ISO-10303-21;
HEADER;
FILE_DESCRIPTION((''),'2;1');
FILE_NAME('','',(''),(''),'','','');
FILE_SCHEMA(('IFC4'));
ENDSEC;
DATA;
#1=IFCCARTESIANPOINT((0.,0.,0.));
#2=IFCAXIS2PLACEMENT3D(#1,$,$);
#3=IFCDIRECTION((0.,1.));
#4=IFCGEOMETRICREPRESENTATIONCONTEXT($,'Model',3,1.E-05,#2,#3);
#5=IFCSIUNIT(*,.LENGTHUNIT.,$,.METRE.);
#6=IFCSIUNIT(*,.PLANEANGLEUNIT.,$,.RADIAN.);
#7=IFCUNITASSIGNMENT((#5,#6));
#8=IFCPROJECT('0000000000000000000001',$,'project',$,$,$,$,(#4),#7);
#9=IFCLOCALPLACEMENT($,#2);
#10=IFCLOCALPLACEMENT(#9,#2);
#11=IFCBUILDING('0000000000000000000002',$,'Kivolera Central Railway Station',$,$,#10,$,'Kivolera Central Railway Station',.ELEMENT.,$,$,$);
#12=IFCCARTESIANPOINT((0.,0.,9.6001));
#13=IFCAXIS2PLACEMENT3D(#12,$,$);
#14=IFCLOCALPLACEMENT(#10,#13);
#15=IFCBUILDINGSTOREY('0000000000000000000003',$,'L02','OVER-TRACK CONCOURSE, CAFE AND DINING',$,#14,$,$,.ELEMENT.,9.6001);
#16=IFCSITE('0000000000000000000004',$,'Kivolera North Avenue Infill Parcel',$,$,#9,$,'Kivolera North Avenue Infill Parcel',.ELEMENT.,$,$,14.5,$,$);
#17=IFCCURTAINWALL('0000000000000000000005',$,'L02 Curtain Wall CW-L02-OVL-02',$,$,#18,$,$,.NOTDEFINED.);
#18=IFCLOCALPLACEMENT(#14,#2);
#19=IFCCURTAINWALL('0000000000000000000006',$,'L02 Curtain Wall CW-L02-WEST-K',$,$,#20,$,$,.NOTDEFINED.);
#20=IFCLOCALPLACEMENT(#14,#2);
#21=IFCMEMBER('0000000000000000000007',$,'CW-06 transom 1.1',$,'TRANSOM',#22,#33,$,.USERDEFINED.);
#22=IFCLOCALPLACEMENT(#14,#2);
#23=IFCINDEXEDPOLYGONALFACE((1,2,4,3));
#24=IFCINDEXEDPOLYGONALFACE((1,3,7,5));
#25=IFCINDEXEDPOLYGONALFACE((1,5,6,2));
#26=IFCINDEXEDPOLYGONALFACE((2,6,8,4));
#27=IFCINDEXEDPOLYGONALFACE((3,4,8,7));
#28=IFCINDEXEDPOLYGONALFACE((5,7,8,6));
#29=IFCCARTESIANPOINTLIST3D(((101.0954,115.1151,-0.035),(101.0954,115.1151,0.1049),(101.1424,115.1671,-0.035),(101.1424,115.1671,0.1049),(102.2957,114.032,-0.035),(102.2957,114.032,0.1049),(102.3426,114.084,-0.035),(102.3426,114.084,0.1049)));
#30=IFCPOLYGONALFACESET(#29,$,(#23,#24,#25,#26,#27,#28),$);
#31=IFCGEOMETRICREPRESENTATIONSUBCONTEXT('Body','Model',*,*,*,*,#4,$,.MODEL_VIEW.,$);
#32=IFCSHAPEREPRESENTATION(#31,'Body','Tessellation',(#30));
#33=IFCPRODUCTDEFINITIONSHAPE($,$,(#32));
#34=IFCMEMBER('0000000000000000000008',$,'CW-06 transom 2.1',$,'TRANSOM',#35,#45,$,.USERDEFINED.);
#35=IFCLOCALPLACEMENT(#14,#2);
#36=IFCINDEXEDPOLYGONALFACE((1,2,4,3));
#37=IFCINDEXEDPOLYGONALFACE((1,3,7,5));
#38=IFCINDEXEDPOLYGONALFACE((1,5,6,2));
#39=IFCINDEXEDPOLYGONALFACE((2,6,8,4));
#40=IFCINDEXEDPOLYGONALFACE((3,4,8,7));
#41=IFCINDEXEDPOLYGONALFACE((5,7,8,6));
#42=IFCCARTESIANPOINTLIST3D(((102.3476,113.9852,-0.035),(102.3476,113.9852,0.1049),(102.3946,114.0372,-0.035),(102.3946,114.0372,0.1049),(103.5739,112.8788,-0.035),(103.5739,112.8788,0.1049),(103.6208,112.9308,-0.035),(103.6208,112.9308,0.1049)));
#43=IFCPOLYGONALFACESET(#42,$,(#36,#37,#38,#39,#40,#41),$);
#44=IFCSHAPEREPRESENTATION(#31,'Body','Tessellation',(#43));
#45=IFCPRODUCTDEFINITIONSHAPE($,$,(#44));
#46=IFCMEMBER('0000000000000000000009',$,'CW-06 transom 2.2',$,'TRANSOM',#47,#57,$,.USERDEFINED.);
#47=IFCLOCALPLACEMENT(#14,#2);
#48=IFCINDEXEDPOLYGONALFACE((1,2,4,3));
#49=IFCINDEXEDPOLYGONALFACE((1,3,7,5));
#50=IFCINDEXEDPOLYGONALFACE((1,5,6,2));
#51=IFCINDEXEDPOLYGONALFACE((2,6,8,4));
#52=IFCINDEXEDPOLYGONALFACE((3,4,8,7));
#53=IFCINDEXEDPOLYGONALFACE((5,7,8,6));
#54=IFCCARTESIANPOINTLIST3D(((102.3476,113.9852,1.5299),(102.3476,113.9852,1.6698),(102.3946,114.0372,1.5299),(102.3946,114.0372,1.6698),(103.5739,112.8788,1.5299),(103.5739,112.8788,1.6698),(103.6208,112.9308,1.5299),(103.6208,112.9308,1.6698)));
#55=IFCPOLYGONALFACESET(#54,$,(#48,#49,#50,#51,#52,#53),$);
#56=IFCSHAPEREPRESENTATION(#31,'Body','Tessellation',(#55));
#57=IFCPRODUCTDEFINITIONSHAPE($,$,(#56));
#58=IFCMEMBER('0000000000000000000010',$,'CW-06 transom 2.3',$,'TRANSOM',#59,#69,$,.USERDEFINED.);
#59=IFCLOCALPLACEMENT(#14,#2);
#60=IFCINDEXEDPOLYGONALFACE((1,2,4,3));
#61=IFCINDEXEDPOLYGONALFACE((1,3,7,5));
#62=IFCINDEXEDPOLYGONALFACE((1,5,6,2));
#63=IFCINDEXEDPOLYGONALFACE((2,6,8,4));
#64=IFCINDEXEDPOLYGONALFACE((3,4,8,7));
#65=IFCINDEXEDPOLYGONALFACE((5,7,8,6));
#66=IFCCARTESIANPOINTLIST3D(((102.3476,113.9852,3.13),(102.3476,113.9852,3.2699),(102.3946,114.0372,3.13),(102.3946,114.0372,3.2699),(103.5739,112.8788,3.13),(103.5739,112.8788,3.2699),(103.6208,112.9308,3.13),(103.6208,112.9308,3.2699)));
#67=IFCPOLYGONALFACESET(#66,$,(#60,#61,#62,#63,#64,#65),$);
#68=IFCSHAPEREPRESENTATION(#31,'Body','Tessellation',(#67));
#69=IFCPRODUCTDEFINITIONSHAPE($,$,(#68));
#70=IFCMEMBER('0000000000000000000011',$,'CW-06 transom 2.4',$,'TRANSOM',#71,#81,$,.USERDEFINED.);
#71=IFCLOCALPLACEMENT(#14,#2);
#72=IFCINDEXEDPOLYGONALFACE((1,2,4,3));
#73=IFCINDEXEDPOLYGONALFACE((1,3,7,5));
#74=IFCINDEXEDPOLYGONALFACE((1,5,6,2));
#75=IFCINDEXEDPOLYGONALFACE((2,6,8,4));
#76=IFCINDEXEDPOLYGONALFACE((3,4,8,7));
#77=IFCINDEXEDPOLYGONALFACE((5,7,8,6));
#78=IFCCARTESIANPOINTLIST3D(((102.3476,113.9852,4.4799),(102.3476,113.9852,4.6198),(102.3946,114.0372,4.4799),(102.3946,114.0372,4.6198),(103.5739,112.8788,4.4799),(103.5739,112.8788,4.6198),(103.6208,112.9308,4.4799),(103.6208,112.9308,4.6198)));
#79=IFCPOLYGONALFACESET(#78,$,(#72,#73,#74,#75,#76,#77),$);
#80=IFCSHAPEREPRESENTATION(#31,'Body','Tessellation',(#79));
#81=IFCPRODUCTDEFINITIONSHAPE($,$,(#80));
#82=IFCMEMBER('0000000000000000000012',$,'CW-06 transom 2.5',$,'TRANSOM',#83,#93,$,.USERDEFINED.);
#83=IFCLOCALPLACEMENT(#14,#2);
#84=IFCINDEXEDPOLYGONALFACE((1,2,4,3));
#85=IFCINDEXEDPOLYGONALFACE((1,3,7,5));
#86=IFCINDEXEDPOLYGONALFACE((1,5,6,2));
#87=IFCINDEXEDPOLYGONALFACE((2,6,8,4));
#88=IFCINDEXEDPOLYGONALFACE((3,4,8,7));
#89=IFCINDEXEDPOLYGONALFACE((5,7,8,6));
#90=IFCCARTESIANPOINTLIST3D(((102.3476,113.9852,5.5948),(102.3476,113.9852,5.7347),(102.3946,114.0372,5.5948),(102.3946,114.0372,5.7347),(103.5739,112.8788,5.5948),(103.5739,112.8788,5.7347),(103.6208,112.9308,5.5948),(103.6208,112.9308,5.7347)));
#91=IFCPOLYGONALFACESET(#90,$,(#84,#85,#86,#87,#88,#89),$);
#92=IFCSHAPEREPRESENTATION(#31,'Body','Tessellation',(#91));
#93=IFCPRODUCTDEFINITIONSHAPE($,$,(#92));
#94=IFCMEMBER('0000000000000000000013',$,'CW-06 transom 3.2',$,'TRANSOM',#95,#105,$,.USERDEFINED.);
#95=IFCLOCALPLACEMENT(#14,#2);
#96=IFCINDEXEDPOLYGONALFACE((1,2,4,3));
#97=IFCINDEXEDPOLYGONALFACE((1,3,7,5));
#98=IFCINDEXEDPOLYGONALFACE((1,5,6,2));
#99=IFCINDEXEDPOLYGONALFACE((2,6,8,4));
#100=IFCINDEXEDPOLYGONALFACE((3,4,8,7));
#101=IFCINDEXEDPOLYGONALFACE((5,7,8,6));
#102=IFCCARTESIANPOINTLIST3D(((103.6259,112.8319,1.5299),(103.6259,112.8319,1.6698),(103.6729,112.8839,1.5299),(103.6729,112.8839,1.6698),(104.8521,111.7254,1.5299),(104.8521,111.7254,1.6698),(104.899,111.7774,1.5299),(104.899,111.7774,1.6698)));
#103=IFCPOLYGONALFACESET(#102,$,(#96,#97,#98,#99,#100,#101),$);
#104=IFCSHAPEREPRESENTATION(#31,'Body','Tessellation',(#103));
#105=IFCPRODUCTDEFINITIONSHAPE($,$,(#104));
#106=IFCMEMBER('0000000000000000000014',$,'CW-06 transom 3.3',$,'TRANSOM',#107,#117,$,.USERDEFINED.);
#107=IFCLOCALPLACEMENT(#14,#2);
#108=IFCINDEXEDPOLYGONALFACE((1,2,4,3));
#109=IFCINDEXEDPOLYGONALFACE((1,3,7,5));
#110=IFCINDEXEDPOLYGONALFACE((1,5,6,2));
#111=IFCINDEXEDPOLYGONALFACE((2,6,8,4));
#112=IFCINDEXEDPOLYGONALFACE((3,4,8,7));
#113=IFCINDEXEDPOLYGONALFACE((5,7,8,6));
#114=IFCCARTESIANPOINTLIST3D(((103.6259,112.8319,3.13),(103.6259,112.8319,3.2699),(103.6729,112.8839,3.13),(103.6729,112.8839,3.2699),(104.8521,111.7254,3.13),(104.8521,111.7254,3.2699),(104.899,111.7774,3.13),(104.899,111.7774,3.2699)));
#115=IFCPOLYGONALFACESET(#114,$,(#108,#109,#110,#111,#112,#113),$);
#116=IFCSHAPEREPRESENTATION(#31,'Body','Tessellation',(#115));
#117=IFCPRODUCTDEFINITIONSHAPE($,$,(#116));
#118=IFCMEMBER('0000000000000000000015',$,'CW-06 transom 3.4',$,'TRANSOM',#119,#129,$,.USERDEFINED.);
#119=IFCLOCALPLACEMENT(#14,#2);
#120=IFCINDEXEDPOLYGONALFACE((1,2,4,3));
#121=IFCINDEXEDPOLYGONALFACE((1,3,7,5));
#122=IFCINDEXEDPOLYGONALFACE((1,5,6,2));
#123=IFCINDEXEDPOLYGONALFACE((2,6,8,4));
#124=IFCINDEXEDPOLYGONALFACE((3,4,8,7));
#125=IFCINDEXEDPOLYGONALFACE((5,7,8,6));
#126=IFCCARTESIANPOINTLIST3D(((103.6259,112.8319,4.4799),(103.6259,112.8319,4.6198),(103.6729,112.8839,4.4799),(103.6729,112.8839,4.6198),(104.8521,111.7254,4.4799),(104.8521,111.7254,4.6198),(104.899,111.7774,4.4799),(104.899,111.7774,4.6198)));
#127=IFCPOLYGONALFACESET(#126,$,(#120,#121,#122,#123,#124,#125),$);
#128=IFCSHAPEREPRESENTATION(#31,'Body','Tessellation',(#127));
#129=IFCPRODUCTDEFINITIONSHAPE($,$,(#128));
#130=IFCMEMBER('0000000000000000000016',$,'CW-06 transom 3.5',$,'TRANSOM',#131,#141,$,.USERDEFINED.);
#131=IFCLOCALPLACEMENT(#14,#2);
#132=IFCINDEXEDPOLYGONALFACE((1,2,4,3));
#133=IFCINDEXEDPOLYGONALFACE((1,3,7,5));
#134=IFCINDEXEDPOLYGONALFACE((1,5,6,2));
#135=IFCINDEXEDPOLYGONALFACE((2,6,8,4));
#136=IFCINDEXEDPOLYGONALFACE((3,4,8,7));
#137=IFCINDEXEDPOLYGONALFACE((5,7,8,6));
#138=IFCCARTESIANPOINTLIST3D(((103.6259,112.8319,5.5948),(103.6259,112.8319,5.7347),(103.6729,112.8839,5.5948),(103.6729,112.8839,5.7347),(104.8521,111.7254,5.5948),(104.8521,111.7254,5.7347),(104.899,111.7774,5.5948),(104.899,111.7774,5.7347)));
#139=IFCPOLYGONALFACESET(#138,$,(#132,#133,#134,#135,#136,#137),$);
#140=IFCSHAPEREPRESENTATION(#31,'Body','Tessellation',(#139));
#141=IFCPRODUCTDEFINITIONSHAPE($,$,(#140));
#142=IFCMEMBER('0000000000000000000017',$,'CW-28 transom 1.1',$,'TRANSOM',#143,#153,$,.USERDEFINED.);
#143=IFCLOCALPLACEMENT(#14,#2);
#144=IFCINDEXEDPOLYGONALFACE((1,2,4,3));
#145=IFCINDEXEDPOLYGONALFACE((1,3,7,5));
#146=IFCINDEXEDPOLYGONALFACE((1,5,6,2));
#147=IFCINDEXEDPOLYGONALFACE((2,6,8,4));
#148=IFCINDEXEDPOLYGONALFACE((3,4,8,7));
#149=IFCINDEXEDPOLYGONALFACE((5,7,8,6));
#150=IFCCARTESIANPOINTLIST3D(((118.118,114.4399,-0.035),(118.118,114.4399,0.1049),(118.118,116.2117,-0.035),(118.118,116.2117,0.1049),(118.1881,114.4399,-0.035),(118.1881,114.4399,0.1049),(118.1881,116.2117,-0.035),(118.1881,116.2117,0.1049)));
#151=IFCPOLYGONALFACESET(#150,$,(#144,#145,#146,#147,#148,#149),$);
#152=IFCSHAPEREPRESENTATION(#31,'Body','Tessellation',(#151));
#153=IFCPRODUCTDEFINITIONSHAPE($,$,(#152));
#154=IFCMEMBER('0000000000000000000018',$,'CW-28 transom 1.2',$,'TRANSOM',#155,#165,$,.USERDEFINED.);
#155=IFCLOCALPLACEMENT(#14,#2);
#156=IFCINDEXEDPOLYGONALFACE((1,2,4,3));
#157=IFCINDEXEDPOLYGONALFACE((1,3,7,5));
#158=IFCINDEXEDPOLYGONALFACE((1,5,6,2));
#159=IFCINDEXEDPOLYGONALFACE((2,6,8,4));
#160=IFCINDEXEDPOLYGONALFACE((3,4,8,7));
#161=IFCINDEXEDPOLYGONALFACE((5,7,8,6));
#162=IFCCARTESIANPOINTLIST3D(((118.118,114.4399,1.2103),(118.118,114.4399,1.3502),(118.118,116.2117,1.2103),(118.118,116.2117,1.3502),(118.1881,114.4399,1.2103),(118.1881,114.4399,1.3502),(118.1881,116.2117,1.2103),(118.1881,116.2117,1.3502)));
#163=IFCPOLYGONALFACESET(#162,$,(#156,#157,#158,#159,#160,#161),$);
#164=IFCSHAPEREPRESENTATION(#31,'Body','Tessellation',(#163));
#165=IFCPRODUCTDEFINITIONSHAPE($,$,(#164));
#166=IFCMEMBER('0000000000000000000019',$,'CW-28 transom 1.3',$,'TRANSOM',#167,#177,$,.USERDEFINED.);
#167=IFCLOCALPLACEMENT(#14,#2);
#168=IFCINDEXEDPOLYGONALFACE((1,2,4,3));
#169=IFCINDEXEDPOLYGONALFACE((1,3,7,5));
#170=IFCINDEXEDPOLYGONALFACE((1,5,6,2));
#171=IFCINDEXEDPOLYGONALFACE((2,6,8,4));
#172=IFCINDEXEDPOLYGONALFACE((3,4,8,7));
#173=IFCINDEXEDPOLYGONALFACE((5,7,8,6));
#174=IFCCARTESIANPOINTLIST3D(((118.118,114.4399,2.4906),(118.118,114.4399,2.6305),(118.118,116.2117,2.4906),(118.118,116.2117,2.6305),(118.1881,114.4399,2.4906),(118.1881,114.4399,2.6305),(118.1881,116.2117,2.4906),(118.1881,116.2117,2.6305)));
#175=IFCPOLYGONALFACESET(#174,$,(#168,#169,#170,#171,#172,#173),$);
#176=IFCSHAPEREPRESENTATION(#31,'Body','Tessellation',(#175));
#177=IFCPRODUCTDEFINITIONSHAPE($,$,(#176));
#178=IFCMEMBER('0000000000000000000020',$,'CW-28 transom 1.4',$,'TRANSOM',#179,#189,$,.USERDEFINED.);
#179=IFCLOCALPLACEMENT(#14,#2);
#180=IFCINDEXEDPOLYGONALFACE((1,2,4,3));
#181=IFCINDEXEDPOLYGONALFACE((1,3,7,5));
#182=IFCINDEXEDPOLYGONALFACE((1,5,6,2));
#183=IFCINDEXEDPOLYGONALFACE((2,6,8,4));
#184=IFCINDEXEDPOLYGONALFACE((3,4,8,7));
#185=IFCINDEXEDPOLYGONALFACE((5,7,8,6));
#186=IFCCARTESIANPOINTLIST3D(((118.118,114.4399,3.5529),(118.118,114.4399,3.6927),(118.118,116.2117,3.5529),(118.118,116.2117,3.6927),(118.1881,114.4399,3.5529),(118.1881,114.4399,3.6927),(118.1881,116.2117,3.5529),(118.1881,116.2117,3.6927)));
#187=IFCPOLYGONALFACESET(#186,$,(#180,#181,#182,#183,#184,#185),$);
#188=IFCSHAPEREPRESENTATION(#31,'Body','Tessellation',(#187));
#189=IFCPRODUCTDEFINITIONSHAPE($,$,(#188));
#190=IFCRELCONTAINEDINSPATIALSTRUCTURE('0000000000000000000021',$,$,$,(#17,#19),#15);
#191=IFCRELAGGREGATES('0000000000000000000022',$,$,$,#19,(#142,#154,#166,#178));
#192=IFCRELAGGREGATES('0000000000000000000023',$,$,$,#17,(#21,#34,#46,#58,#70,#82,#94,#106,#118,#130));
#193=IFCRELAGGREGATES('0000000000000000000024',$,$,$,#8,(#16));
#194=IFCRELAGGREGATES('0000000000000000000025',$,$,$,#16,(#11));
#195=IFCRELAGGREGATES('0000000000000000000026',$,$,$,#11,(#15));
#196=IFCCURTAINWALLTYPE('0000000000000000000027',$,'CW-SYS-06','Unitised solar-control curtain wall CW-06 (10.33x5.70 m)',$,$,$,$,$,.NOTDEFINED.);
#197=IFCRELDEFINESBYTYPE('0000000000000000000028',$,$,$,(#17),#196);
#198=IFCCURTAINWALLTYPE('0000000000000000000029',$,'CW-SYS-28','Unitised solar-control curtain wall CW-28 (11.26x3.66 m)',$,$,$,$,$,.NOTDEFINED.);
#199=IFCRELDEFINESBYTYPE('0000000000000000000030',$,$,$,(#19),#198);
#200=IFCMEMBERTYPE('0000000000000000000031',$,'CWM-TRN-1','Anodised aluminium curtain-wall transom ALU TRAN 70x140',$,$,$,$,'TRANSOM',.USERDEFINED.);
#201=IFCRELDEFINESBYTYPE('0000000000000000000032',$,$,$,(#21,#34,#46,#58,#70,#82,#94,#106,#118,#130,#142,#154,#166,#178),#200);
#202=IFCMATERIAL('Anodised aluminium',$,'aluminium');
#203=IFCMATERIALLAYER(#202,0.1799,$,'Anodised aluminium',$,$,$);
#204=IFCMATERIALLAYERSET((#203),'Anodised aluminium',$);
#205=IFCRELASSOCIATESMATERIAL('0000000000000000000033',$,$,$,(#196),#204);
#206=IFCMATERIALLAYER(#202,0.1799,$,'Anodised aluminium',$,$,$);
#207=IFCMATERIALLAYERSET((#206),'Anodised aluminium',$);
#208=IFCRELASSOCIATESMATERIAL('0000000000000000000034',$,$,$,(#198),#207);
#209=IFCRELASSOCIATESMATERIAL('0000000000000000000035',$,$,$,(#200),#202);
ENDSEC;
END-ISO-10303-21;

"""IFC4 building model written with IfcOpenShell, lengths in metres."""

from ifc_helpers import new_model, si_unit, direction, frame, origin, origin_2d, place, context, subcontext, project, spatial, rectangle, extrude, material, layer, layer_set, material_profile, profile_set, type_object, element, aggregate, save


model = new_model("IFC4")

# Units and contexts
model_context = context("Model", 3, precision=1e-05, world=origin(), true_north=direction((0.0, 1.0)))
body_context = subcontext(model_context, "Body", "Model", "MODEL_VIEW")
ifc_project = project(units=[si_unit("LENGTHUNIT", "METRE"), si_unit("PLANEANGLEUNIT", "RADIAN")], contexts=[model_context])

# Site, building, storey
site_placement = place(None, origin())
site = spatial("IfcSite", under=ifc_project, at=site_placement, Name="Kivolera North Avenue Infill Parcel", LongName="Kivolera North Avenue Infill Parcel", CompositionType="ELEMENT", RefElevation=14.5)
building_placement = place(site_placement, origin())
building = spatial("IfcBuilding", under=site, at=building_placement, Name="Kivolera Central Railway Station", LongName="Kivolera Central Railway Station", CompositionType="ELEMENT")
storey_placement = place(building_placement, frame((0.0, 0.0, 9.6001)))
storey = spatial("IfcBuildingStorey", under=building, at=storey_placement, Name="L02", Description="OVER-TRACK CONCOURSE, CAFE AND DINING", CompositionType="ELEMENT", Elevation=9.6001)

# Curtain wall
ifc_material_1 = material(Name="Anodised aluminium", Category="aluminium")
ifc_layer_1 = layer(ifc_material_1, 0.1799, Name="Anodised aluminium")
ifc_layer_set_1 = layer_set([ifc_layer_1], Name="Anodised aluminium")
curtain_wall_type_1 = type_object("IfcCurtainWallType", Name="CW-SYS-06", Description="Unitised solar-control curtain wall CW-06 (10.33x5.70 m)", PredefinedType="NOTDEFINED", material=ifc_layer_set_1)
curtain_wall_1_placement = place(storey_placement, origin())
curtain_wall_1 = element("IfcCurtainWall", 1, at=curtain_wall_1_placement, inside=storey, type_object=curtain_wall_type_1, Name="L02 Curtain Wall CW-L02-OVL-02", PredefinedType="NOTDEFINED")

# Curtain wall
ifc_layer_2 = layer(ifc_material_1, 0.1799, Name="Anodised aluminium")
ifc_layer_set_2 = layer_set([ifc_layer_2], Name="Anodised aluminium")
curtain_wall_type_2 = type_object("IfcCurtainWallType", Name="CW-SYS-28", Description="Unitised solar-control curtain wall CW-28 (11.26x3.66 m)", PredefinedType="NOTDEFINED", material=ifc_layer_set_2)
curtain_wall_2_placement = place(storey_placement, origin())
curtain_wall_2 = element("IfcCurtainWall", 2, at=curtain_wall_2_placement, inside=storey, type_object=curtain_wall_type_2, Name="L02 Curtain Wall CW-L02-WEST-K", PredefinedType="NOTDEFINED")

# Members
ifc_material_profile_1 = material_profile(ifc_material_1, rectangle(XDim=0.0701, YDim=0.1399, at=origin_2d()), Name="ALU TRAN 70x140")
ifc_profile_set_1 = profile_set([ifc_material_profile_1], Name="Anodised aluminium")
member_type_1 = type_object("IfcMemberType", Name="CWM-TRN-1", Description="Anodised aluminium curtain-wall transom ALU TRAN 70x140", ElementType="TRANSOM", PredefinedType="USERDEFINED", material=ifc_profile_set_1)
member_1_placement = place(storey_placement, frame((101.1189, 115.1411, 0.0349), z_axis=(0.742422, -0.669932, 0.0), x_axis=(0.669932, 0.742422, 0.0)))
member_1 = element("IfcMember", 3, at=member_1_placement, type_object=member_type_1, Name="CW-06 transom 1.1", ObjectType="TRANSOM", PredefinedType="USERDEFINED", context=body_context, shape_type="SweptSolid", body=[
    extrude(rectangle(XDim=0.0701, YDim=0.1399, at=origin_2d()), origin(), (0.0, 0.0, 1.0), 1.6167),
])
member_2_placement = place(storey_placement, frame((102.3711, 114.0112, 0.0349), z_axis=(0.742463, -0.669887, 0.0), x_axis=(0.669887, 0.742463, 0.0)))
member_2 = element("IfcMember", 4, at=member_2_placement, type_object=member_type_1, Name="CW-06 transom 2.1", ObjectType="TRANSOM", PredefinedType="USERDEFINED", context=body_context, shape_type="SweptSolid", body=[
    extrude(rectangle(XDim=0.0701, YDim=0.1399, at=origin_2d()), origin(), (0.0, 0.0, 1.0), 1.6516),
])
member_3_placement = place(storey_placement, frame((102.3711, 114.0112, 1.5999), z_axis=(0.742463, -0.669887, 0.0), x_axis=(0.669887, 0.742463, 0.0)))
member_3 = element("IfcMember", 5, at=member_3_placement, type_object=member_type_1, Name="CW-06 transom 2.2", ObjectType="TRANSOM", PredefinedType="USERDEFINED", context=body_context, shape_type="SweptSolid", body=[
    extrude(rectangle(XDim=0.0701, YDim=0.1399, at=origin_2d()), origin(), (0.0, 0.0, 1.0), 1.6516),
])
member_4_placement = place(storey_placement, frame((102.3711, 114.0112, 3.2), z_axis=(0.742463, -0.669887, 0.0), x_axis=(0.669887, 0.742463, 0.0)))
member_4 = element("IfcMember", 6, at=member_4_placement, type_object=member_type_1, Name="CW-06 transom 2.3", ObjectType="TRANSOM", PredefinedType="USERDEFINED", context=body_context, shape_type="SweptSolid", body=[
    extrude(rectangle(XDim=0.0701, YDim=0.1399, at=origin_2d()), origin(), (0.0, 0.0, 1.0), 1.6516),
])
member_5_placement = place(storey_placement, frame((102.3711, 114.0112, 4.5498), z_axis=(0.742463, -0.669887, 0.0), x_axis=(0.669887, 0.742463, 0.0)))
member_5 = element("IfcMember", 7, at=member_5_placement, type_object=member_type_1, Name="CW-06 transom 2.4", ObjectType="TRANSOM", PredefinedType="USERDEFINED", context=body_context, shape_type="SweptSolid", body=[
    extrude(rectangle(XDim=0.0701, YDim=0.1399, at=origin_2d()), origin(), (0.0, 0.0, 1.0), 1.6516),
])
member_6_placement = place(storey_placement, frame((102.3711, 114.0112, 5.6648), z_axis=(0.742463, -0.669887, 0.0), x_axis=(0.669887, 0.742463, 0.0)))
member_6 = element("IfcMember", 8, at=member_6_placement, type_object=member_type_1, Name="CW-06 transom 2.5", ObjectType="TRANSOM", PredefinedType="USERDEFINED", context=body_context, shape_type="SweptSolid", body=[
    extrude(rectangle(XDim=0.0701, YDim=0.1399, at=origin_2d()), origin(), (0.0, 0.0, 1.0), 1.6516),
])
member_7_placement = place(storey_placement, frame((103.6494, 112.8579, 1.5999), z_axis=(0.742397, -0.669961, 0.0), x_axis=(0.669961, 0.742397, 0.0)))
member_7 = element("IfcMember", 9, at=member_7_placement, type_object=member_type_1, Name="CW-06 transom 3.2", ObjectType="TRANSOM", PredefinedType="USERDEFINED", context=body_context, shape_type="SweptSolid", body=[
    extrude(rectangle(XDim=0.0701, YDim=0.1399, at=origin_2d()), origin(), (0.0, 0.0, 1.0), 1.6516),
])
member_8_placement = place(storey_placement, frame((103.6494, 112.8579, 3.2), z_axis=(0.742397, -0.669961, 0.0), x_axis=(0.669961, 0.742397, 0.0)))
member_8 = element("IfcMember", 10, at=member_8_placement, type_object=member_type_1, Name="CW-06 transom 3.3", ObjectType="TRANSOM", PredefinedType="USERDEFINED", context=body_context, shape_type="SweptSolid", body=[
    extrude(rectangle(XDim=0.0701, YDim=0.1399, at=origin_2d()), origin(), (0.0, 0.0, 1.0), 1.6516),
])
member_9_placement = place(storey_placement, frame((103.6494, 112.8579, 4.5498), z_axis=(0.742397, -0.669961, 0.0), x_axis=(0.669961, 0.742397, 0.0)))
member_9 = element("IfcMember", 11, at=member_9_placement, type_object=member_type_1, Name="CW-06 transom 3.4", ObjectType="TRANSOM", PredefinedType="USERDEFINED", context=body_context, shape_type="SweptSolid", body=[
    extrude(rectangle(XDim=0.0701, YDim=0.1399, at=origin_2d()), origin(), (0.0, 0.0, 1.0), 1.6516),
])
member_10_placement = place(storey_placement, frame((103.6494, 112.8579, 5.6648), z_axis=(0.742397, -0.669961, 0.0), x_axis=(0.669961, 0.742397, 0.0)))
member_10 = element("IfcMember", 12, at=member_10_placement, type_object=member_type_1, Name="CW-06 transom 3.5", ObjectType="TRANSOM", PredefinedType="USERDEFINED", context=body_context, shape_type="SweptSolid", body=[
    extrude(rectangle(XDim=0.0701, YDim=0.1399, at=origin_2d()), origin(), (0.0, 0.0, 1.0), 1.6516),
])
member_11_placement = place(storey_placement, frame((118.1531, 114.4399, 0.0349), z_axis=(0.0, 1.0, 0.0), x_axis=(-1.0, 0.0, 0.0)))
member_11 = element("IfcMember", 13, at=member_11_placement, type_object=member_type_1, Name="CW-28 transom 1.1", ObjectType="TRANSOM", PredefinedType="USERDEFINED", context=body_context, shape_type="SweptSolid", body=[
    extrude(rectangle(XDim=0.0701, YDim=0.1399, at=origin_2d()), origin(), (0.0, 0.0, 1.0), 1.7717),
])
member_12_placement = place(storey_placement, frame((118.1531, 114.4399, 1.2803), z_axis=(0.0, 1.0, 0.0), x_axis=(-1.0, 0.0, 0.0)))
member_12 = element("IfcMember", 14, at=member_12_placement, type_object=member_type_1, Name="CW-28 transom 1.2", ObjectType="TRANSOM", PredefinedType="USERDEFINED", context=body_context, shape_type="SweptSolid", body=[
    extrude(rectangle(XDim=0.0701, YDim=0.1399, at=origin_2d()), origin(), (0.0, 0.0, 1.0), 1.7717),
])
member_13_placement = place(storey_placement, frame((118.1531, 114.4399, 2.5605), z_axis=(0.0, 1.0, 0.0), x_axis=(-1.0, 0.0, 0.0)))
member_13 = element("IfcMember", 15, at=member_13_placement, type_object=member_type_1, Name="CW-28 transom 1.3", ObjectType="TRANSOM", PredefinedType="USERDEFINED", context=body_context, shape_type="SweptSolid", body=[
    extrude(rectangle(XDim=0.0701, YDim=0.1399, at=origin_2d()), origin(), (0.0, 0.0, 1.0), 1.7717),
])
member_14_placement = place(storey_placement, frame((118.1531, 114.4399, 3.6228), z_axis=(0.0, 1.0, 0.0), x_axis=(-1.0, 0.0, 0.0)))
member_14 = element("IfcMember", 16, at=member_14_placement, type_object=member_type_1, Name="CW-28 transom 1.4", ObjectType="TRANSOM", PredefinedType="USERDEFINED", context=body_context, shape_type="SweptSolid", body=[
    extrude(rectangle(XDim=0.0701, YDim=0.1399, at=origin_2d()), origin(), (0.0, 0.0, 1.0), 1.7717),
])
aggregate(curtain_wall_2, [member_11, member_12, member_13, member_14])

aggregate(curtain_wall_1, [member_1, member_2, member_3, member_4, member_5, member_6, member_7, member_8, member_9, member_10])

save(model, "model.ifc")
